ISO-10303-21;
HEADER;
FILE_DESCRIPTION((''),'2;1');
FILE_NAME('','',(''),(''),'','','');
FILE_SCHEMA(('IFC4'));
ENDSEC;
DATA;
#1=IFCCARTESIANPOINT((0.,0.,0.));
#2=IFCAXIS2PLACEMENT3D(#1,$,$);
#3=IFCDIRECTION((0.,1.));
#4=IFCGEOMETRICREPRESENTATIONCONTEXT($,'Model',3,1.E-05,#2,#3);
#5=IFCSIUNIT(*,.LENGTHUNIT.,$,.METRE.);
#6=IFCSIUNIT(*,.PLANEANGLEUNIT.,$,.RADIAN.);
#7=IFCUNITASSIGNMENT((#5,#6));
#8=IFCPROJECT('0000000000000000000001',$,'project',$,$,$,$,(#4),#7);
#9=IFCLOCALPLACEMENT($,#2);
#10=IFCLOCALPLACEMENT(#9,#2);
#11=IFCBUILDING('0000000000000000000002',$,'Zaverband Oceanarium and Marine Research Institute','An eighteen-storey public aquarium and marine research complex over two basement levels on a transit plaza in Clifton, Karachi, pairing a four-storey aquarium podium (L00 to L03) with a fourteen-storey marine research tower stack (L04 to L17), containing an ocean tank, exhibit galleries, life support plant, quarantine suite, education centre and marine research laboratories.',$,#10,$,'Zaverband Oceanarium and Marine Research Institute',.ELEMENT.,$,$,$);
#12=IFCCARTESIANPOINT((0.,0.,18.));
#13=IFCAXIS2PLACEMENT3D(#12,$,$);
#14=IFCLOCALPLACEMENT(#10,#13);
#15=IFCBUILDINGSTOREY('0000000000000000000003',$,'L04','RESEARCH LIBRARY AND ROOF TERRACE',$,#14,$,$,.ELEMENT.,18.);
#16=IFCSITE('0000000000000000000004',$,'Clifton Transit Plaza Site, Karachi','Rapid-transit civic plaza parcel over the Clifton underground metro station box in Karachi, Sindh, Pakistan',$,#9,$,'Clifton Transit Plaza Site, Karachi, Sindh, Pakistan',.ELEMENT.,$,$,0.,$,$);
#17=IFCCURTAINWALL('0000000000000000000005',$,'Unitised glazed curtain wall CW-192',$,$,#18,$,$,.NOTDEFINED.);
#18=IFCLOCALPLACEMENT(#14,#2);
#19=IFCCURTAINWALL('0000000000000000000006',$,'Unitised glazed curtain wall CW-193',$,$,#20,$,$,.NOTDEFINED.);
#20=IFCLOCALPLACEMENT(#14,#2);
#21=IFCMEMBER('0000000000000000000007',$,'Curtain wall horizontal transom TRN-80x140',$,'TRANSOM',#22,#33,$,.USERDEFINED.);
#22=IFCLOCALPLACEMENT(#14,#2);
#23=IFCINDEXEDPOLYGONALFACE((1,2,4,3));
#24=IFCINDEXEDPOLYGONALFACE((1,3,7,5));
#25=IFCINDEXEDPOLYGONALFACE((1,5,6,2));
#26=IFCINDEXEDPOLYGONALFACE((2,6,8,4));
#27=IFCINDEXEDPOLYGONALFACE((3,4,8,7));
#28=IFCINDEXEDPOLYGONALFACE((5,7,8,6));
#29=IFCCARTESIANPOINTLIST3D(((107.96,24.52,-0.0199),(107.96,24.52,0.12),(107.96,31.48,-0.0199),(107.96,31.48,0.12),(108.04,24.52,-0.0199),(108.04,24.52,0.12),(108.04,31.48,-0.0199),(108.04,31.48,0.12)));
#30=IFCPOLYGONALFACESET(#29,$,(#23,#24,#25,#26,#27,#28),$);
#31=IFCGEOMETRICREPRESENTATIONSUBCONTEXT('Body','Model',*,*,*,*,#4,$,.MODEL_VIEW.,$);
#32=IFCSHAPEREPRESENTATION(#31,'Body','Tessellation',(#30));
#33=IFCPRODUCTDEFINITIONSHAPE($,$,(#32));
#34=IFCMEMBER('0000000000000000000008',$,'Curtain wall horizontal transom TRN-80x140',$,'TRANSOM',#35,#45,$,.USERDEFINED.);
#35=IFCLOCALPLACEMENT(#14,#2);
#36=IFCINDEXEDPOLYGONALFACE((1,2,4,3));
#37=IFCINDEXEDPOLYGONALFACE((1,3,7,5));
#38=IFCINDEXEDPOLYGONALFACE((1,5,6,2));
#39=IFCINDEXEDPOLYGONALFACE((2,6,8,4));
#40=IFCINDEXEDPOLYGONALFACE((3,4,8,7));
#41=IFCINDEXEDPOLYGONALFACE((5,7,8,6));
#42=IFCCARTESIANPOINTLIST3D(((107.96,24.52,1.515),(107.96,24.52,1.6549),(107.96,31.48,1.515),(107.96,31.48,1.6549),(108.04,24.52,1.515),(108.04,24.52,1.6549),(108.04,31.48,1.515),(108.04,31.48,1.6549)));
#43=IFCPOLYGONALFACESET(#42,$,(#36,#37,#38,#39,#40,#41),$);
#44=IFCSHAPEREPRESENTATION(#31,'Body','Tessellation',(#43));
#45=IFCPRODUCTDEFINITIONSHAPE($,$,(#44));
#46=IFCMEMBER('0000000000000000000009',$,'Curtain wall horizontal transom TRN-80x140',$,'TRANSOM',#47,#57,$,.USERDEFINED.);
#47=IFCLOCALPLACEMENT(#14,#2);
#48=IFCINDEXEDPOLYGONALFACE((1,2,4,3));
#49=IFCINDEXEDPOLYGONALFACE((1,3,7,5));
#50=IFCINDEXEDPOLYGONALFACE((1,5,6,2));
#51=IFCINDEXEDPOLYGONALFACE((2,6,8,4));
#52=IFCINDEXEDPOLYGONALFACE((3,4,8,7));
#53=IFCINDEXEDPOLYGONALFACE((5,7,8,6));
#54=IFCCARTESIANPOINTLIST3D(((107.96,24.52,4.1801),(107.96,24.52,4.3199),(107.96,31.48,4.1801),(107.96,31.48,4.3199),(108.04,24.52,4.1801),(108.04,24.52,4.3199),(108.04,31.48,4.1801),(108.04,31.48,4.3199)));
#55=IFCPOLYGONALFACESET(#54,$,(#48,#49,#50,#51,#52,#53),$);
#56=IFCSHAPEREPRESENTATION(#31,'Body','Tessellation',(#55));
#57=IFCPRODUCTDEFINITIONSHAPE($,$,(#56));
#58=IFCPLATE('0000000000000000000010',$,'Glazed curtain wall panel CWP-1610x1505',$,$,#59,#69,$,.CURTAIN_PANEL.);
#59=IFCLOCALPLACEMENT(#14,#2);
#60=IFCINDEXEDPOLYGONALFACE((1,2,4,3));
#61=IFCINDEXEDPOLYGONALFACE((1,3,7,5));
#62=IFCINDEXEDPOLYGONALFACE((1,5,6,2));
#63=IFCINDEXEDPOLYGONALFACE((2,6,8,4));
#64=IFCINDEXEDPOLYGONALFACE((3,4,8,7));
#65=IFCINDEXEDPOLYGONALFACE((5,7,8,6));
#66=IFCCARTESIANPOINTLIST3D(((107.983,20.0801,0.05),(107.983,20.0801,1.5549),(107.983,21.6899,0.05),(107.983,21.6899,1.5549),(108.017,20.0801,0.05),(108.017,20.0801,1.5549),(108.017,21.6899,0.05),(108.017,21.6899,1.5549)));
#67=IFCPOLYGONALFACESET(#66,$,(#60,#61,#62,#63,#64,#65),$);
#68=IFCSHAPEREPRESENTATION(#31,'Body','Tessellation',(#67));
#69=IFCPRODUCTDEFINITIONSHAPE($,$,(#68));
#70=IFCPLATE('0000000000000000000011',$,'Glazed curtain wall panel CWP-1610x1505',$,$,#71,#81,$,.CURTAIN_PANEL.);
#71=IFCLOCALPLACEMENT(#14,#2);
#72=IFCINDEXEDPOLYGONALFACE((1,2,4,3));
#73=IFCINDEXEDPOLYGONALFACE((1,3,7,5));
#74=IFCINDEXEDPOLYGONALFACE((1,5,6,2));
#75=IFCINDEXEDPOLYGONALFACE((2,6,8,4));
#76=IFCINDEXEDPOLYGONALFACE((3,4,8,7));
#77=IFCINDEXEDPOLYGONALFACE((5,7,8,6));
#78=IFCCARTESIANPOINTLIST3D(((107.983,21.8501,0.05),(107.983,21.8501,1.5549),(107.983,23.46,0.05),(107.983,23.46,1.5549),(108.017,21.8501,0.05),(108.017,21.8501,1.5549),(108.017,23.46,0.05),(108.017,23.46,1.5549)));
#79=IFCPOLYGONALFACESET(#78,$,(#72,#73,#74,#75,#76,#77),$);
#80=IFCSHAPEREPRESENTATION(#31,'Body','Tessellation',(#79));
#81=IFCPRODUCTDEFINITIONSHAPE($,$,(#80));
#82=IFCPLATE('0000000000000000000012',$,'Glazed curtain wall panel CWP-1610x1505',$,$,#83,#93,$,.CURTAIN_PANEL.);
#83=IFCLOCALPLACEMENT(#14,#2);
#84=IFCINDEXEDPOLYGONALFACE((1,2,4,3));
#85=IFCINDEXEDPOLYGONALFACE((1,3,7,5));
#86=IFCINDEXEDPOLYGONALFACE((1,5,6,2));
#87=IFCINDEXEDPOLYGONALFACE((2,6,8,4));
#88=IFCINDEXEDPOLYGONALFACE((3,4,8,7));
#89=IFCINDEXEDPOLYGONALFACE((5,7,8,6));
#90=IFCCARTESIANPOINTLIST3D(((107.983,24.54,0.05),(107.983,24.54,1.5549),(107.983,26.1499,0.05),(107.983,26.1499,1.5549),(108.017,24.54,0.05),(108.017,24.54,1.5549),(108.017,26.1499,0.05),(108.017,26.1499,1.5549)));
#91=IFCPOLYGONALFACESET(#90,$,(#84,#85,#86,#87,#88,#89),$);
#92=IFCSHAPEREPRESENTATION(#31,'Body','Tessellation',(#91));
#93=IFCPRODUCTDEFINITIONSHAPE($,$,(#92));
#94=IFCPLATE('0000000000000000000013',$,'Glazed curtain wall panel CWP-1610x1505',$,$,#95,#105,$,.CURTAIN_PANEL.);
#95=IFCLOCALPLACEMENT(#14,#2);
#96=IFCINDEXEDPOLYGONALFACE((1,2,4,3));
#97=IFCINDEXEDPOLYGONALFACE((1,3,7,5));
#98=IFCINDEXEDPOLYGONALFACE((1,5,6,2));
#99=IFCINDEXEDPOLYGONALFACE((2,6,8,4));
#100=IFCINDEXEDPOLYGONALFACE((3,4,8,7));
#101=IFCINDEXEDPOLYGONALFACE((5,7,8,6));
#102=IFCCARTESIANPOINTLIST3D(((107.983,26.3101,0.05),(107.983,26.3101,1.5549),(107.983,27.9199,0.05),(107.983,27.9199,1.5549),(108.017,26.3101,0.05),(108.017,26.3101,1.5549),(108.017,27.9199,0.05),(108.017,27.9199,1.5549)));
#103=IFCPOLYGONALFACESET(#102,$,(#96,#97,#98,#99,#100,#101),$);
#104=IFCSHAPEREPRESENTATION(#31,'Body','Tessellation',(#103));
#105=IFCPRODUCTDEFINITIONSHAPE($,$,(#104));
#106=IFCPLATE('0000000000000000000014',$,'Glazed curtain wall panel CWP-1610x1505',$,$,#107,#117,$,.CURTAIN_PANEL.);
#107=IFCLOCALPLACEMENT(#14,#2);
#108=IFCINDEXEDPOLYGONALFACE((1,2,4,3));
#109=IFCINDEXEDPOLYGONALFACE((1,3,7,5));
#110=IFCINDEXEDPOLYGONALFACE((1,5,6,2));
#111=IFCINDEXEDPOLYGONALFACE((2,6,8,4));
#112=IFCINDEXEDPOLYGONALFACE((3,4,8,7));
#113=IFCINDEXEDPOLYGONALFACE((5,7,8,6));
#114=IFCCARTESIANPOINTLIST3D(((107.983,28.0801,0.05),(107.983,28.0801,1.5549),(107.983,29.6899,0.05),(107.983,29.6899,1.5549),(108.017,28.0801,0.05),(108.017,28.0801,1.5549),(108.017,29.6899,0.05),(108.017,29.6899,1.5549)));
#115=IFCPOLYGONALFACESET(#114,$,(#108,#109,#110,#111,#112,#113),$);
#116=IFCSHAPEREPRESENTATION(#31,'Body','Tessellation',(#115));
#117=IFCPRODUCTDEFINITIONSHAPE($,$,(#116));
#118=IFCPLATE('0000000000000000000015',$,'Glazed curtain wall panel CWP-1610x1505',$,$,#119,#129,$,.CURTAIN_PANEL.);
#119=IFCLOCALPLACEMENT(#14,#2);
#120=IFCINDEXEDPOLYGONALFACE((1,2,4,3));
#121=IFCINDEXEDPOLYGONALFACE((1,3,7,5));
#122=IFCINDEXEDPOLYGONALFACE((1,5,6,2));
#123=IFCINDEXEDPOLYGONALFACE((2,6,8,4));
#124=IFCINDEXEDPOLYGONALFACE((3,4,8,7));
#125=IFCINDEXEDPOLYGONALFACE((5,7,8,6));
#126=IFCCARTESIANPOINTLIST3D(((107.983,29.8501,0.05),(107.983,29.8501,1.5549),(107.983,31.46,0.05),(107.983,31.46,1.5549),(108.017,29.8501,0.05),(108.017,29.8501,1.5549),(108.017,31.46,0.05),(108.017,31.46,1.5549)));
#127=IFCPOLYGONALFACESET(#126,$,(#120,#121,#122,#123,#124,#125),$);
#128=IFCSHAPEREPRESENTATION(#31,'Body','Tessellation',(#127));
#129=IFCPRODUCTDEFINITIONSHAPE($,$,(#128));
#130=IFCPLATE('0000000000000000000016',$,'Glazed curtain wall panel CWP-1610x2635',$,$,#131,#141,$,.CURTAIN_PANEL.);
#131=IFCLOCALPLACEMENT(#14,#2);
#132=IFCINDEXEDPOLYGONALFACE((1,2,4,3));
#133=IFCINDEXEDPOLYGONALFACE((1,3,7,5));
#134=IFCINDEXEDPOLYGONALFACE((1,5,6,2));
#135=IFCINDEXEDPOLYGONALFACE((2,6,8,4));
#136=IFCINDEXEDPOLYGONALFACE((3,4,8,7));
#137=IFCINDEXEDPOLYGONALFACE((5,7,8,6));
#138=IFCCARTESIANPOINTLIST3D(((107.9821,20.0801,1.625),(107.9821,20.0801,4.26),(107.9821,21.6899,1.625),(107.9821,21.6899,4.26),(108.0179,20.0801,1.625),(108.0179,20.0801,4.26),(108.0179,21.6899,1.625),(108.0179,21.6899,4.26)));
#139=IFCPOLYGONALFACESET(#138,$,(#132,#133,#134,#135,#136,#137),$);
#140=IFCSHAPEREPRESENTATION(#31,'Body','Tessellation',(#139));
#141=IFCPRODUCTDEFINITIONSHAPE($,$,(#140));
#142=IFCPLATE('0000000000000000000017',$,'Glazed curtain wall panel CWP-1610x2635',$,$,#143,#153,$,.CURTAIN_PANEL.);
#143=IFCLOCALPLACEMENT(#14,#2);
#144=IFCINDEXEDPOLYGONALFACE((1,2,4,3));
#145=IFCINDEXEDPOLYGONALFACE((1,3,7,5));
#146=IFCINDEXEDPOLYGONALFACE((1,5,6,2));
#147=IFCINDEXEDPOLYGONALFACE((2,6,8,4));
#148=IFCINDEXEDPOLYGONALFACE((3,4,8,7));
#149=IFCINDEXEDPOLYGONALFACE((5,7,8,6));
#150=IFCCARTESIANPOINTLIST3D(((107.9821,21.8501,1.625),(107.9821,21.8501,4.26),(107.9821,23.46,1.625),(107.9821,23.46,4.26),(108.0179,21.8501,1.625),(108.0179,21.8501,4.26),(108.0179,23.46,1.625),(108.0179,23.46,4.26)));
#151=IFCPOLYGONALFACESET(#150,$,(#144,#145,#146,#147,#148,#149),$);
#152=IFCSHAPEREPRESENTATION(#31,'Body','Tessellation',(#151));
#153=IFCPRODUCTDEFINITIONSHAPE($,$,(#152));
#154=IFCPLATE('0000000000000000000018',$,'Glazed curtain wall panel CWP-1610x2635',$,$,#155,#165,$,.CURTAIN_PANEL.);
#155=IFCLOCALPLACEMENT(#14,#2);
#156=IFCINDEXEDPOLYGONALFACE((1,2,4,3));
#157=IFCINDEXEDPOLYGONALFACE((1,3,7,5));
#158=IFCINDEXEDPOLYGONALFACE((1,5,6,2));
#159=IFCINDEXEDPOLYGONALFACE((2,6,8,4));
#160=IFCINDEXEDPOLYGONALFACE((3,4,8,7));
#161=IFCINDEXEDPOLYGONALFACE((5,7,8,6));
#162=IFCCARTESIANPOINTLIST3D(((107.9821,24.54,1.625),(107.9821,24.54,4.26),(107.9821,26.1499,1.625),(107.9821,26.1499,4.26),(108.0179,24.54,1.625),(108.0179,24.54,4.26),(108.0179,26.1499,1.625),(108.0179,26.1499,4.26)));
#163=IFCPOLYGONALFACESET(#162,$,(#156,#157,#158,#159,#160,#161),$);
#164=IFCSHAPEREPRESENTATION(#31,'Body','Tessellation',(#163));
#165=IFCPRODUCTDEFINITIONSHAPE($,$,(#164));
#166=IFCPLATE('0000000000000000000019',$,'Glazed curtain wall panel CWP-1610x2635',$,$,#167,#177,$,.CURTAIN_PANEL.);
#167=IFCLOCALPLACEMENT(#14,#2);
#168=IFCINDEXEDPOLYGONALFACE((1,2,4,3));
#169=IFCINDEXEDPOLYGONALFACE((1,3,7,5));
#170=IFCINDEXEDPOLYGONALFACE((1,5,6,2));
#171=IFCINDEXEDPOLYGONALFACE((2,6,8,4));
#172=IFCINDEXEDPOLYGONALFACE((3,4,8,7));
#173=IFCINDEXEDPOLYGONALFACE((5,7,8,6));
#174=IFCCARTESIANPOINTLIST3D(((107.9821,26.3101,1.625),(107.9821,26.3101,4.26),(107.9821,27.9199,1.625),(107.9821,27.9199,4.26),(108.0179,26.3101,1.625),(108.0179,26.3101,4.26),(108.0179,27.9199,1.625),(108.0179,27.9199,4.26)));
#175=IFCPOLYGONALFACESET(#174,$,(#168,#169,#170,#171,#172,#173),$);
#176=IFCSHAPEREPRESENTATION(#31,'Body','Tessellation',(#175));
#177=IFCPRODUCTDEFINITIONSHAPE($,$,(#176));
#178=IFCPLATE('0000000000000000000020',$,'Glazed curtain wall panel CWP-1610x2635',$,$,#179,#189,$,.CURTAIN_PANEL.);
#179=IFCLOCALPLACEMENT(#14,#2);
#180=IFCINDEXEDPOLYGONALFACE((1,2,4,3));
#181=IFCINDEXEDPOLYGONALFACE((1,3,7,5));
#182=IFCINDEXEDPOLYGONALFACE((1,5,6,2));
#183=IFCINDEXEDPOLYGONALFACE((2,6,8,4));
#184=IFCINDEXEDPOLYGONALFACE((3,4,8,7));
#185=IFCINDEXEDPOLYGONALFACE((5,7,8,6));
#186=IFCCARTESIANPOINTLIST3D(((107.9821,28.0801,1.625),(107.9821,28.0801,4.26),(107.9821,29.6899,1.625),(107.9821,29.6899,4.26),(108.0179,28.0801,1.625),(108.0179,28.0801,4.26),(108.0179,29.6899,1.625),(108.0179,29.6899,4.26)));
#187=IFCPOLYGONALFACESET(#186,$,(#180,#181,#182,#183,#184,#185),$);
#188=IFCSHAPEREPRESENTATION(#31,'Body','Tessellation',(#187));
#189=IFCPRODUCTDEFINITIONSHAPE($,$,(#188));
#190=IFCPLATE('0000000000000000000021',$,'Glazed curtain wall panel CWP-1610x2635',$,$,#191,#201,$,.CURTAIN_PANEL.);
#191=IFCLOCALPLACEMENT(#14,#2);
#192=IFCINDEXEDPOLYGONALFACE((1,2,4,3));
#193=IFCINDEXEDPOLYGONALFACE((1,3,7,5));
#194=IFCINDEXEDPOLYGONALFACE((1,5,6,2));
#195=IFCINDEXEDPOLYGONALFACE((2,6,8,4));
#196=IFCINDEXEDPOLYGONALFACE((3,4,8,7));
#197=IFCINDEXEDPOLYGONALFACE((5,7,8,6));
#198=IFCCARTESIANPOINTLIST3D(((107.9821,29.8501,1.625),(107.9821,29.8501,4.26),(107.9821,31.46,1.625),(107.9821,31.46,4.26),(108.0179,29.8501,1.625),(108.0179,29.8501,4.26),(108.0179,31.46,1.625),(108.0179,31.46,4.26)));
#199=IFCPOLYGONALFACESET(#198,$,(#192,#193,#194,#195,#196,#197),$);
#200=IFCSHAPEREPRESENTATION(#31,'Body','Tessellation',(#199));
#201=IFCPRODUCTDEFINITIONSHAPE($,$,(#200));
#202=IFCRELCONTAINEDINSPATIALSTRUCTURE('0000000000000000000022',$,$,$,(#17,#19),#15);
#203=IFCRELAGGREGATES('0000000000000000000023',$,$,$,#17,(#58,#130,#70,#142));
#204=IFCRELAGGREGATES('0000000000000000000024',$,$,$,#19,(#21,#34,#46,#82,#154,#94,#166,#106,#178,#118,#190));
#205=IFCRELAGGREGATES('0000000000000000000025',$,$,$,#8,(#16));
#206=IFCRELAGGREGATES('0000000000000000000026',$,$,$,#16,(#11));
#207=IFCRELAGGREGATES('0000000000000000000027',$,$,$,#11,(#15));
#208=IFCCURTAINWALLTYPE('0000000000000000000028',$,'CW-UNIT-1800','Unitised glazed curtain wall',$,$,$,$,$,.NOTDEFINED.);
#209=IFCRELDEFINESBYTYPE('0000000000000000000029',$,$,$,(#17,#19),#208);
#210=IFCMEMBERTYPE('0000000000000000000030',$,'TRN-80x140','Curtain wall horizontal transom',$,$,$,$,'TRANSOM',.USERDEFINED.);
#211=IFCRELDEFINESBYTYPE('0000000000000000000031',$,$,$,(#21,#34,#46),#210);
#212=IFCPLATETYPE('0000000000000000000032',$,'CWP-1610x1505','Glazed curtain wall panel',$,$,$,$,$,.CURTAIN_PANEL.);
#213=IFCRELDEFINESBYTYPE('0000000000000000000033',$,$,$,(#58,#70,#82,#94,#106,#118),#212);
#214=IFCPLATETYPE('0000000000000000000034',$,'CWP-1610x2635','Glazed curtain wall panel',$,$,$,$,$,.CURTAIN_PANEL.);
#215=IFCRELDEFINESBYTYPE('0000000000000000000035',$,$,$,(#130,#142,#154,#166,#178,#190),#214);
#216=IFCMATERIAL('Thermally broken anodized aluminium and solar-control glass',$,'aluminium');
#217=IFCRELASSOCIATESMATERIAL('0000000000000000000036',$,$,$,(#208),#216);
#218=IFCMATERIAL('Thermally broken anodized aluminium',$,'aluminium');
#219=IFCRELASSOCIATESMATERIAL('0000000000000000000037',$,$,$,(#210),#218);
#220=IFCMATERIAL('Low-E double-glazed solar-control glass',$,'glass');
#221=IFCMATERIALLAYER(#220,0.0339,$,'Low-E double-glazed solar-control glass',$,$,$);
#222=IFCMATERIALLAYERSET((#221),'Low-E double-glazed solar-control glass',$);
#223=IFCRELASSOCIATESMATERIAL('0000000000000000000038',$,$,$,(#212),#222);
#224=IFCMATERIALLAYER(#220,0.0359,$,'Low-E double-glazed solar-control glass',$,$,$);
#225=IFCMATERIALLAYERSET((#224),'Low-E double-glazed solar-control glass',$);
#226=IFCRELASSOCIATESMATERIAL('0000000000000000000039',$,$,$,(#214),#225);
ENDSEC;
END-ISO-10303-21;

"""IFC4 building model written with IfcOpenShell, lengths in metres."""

from ifc_helpers import new_model, si_unit, direction, frame, frame_2d, origin, origin_2d, place, context, subcontext, project, spatial, rectangle, extrude, material, layer, layer_set, material_profile, profile_set, type_object, element, aggregate, save


model = new_model("IFC4")

# Units and contexts
model_context = context("Model", 3, precision=1e-05, world=origin(), true_north=direction((0.0, 1.0)))
body_context = subcontext(model_context, "Body", "Model", "MODEL_VIEW")
ifc_project = project(units=[si_unit("LENGTHUNIT", "METRE"), si_unit("PLANEANGLEUNIT", "RADIAN")], contexts=[model_context])

# Site, building, storey
site_placement = place(None, origin())
site = spatial("IfcSite", under=ifc_project, at=site_placement, Name="Clifton Transit Plaza Site, Karachi", Description="Rapid-transit civic plaza parcel over the Clifton underground metro station box in Karachi, Sindh, Pakistan", LongName="Clifton Transit Plaza Site, Karachi, Sindh, Pakistan", CompositionType="ELEMENT", RefElevation=0.0)
building_placement = place(site_placement, origin())
building = spatial("IfcBuilding", under=site, at=building_placement, Name="Zaverband Oceanarium and Marine Research Institute", Description="An eighteen-storey public aquarium and marine research complex over two basement levels on a transit plaza in Clifton, Karachi, pairing a four-storey aquarium podium (L00 to L03) with a fourteen-storey marine research tower stack (L04 to L17), containing an ocean tank, exhibit galleries, life support plant, quarantine suite, education centre and marine research laboratories.", LongName="Zaverband Oceanarium and Marine Research Institute", CompositionType="ELEMENT")
storey_placement = place(building_placement, frame((0.0, 0.0, 18.0)))
storey = spatial("IfcBuildingStorey", under=building, at=storey_placement, Name="L04", Description="RESEARCH LIBRARY AND ROOF TERRACE", CompositionType="ELEMENT", Elevation=18.0)

# Curtain walls
ifc_material_1 = material(Name="Thermally broken anodized aluminium and solar-control glass", Category="aluminium")
curtain_wall_type = type_object("IfcCurtainWallType", Name="CW-UNIT-1800", Description="Unitised glazed curtain wall", PredefinedType="NOTDEFINED", material=ifc_material_1)
curtain_wall_1_placement = place(storey_placement, origin())
curtain_wall_1 = element("IfcCurtainWall", 1, at=curtain_wall_1_placement, inside=storey, type_object=curtain_wall_type, Name="Unitised glazed curtain wall CW-192", PredefinedType="NOTDEFINED")
ifc_material_2 = material(Name="Thermally broken anodized aluminium", Category="aluminium")
curtain_wall_2_placement = place(storey_placement, origin())
curtain_wall_2 = element("IfcCurtainWall", 2, at=curtain_wall_2_placement, inside=storey, type_object=curtain_wall_type, Name="Unitised glazed curtain wall CW-193", PredefinedType="NOTDEFINED")

# Members
ifc_material_profile_1 = material_profile(ifc_material_2, rectangle(XDim=0.0801, YDim=0.1399, at=origin_2d()), Name="AL-TRN-80x140")
ifc_profile_set_1 = profile_set([ifc_material_profile_1], Name="Thermally broken anodized aluminium")
member_type_1 = type_object("IfcMemberType", Name="TRN-80x140", Description="Curtain wall horizontal transom", ElementType="TRANSOM", PredefinedType="USERDEFINED", material=ifc_profile_set_1)
member_1_placement = place(storey_placement, frame((108.0, 24.52, 0.05), z_axis=(0.0, 1.0, 0.0), x_axis=(-1.0, 0.0, 0.0)))
member_1 = element("IfcMember", 3, at=member_1_placement, type_object=member_type_1, Name="Curtain wall horizontal transom TRN-80x140", ObjectType="TRANSOM", PredefinedType="USERDEFINED", context=body_context, shape_type="SweptSolid", body=[
    extrude(rectangle(XDim=0.0801, YDim=0.1399, at=origin_2d()), origin(), (0.0, 0.0, 1.0), 6.96),
])
member_2_placement = place(storey_placement, frame((108.0, 24.52, 1.585), z_axis=(0.0, 1.0, 0.0), x_axis=(-1.0, 0.0, 0.0)))
member_2 = element("IfcMember", 4, at=member_2_placement, type_object=member_type_1, Name="Curtain wall horizontal transom TRN-80x140", ObjectType="TRANSOM", PredefinedType="USERDEFINED", context=body_context, shape_type="SweptSolid", body=[
    extrude(rectangle(XDim=0.0801, YDim=0.1399, at=origin_2d()), origin(), (0.0, 0.0, 1.0), 6.96),
])
member_3_placement = place(storey_placement, frame((108.0, 24.52, 4.25), z_axis=(0.0, 1.0, 0.0), x_axis=(-1.0, 0.0, 0.0)))
member_3 = element("IfcMember", 5, at=member_3_placement, type_object=member_type_1, Name="Curtain wall horizontal transom TRN-80x140", ObjectType="TRANSOM", PredefinedType="USERDEFINED", context=body_context, shape_type="SweptSolid", body=[
    extrude(rectangle(XDim=0.0801, YDim=0.1399, at=origin_2d()), origin(), (0.0, 0.0, 1.0), 6.96),
])

# Plates
ifc_material_3 = material(Name="Low-E double-glazed solar-control glass", Category="glass")
ifc_layer_1 = layer(ifc_material_3, 0.0339, Name="Low-E double-glazed solar-control glass")
ifc_layer_set_1 = layer_set([ifc_layer_1], Name="Low-E double-glazed solar-control glass")
plate_type_1 = type_object("IfcPlateType", Name="CWP-1610x1505", Description="Glazed curtain wall panel", PredefinedType="CURTAIN_PANEL", material=ifc_layer_set_1)
plate_1_placement = place(storey_placement, frame((108.0, 20.0801, 0.05), z_axis=(0.0, 0.0, 1.0), x_axis=(0.0, 1.0, 0.0)))
plate_1 = element("IfcPlate", 6, at=plate_1_placement, type_object=plate_type_1, Name="Glazed curtain wall panel CWP-1610x1505", PredefinedType="CURTAIN_PANEL", context=body_context, shape_type="SweptSolid", body=[
    extrude(rectangle(XDim=1.6099, YDim=0.0339, at=frame_2d((0.8049, 0.0))), origin(), (0.0, 0.0, 1.0), 1.5049),
])
plate_2_placement = place(storey_placement, frame((108.0, 21.8501, 0.05), z_axis=(0.0, 0.0, 1.0), x_axis=(0.0, 1.0, 0.0)))
plate_2 = element("IfcPlate", 7, at=plate_2_placement, type_object=plate_type_1, Name="Glazed curtain wall panel CWP-1610x1505", PredefinedType="CURTAIN_PANEL", context=body_context, shape_type="SweptSolid", body=[
    extrude(rectangle(XDim=1.6099, YDim=0.0339, at=frame_2d((0.8049, 0.0))), origin(), (0.0, 0.0, 1.0), 1.5049),
])
plate_3_placement = place(storey_placement, frame((108.0, 24.54, 0.05), z_axis=(0.0, 0.0, 1.0), x_axis=(0.0, 1.0, 0.0)))
plate_3 = element("IfcPlate", 8, at=plate_3_placement, type_object=plate_type_1, Name="Glazed curtain wall panel CWP-1610x1505", PredefinedType="CURTAIN_PANEL", context=body_context, shape_type="SweptSolid", body=[
    extrude(rectangle(XDim=1.6099, YDim=0.0339, at=frame_2d((0.8049, 0.0))), origin(), (0.0, 0.0, 1.0), 1.5049),
])
plate_4_placement = place(storey_placement, frame((108.0, 26.3101, 0.05), z_axis=(0.0, 0.0, 1.0), x_axis=(0.0, 1.0, 0.0)))
plate_4 = element("IfcPlate", 9, at=plate_4_placement, type_object=plate_type_1, Name="Glazed curtain wall panel CWP-1610x1505", PredefinedType="CURTAIN_PANEL", context=body_context, shape_type="SweptSolid", body=[
    extrude(rectangle(XDim=1.6099, YDim=0.0339, at=frame_2d((0.8049, 0.0))), origin(), (0.0, 0.0, 1.0), 1.5049),
])
plate_5_placement = place(storey_placement, frame((108.0, 28.0801, 0.05), z_axis=(0.0, 0.0, 1.0), x_axis=(0.0, 1.0, 0.0)))
plate_5 = element("IfcPlate", 10, at=plate_5_placement, type_object=plate_type_1, Name="Glazed curtain wall panel CWP-1610x1505", PredefinedType="CURTAIN_PANEL", context=body_context, shape_type="SweptSolid", body=[
    extrude(rectangle(XDim=1.6099, YDim=0.0339, at=frame_2d((0.8049, 0.0))), origin(), (0.0, 0.0, 1.0), 1.5049),
])
plate_6_placement = place(storey_placement, frame((108.0, 29.8501, 0.05), z_axis=(0.0, 0.0, 1.0), x_axis=(0.0, 1.0, 0.0)))
plate_6 = element("IfcPlate", 11, at=plate_6_placement, type_object=plate_type_1, Name="Glazed curtain wall panel CWP-1610x1505", PredefinedType="CURTAIN_PANEL", context=body_context, shape_type="SweptSolid", body=[
    extrude(rectangle(XDim=1.6099, YDim=0.0339, at=frame_2d((0.8049, 0.0))), origin(), (0.0, 0.0, 1.0), 1.5049),
])
ifc_layer_2 = layer(ifc_material_3, 0.0359, Name="Low-E double-glazed solar-control glass")
ifc_layer_set_2 = layer_set([ifc_layer_2], Name="Low-E double-glazed solar-control glass")
plate_type_2 = type_object("IfcPlateType", Name="CWP-1610x2635", Description="Glazed curtain wall panel", PredefinedType="CURTAIN_PANEL", material=ifc_layer_set_2)
plate_7_placement = place(storey_placement, frame((108.0, 20.0801, 1.625), z_axis=(0.0, 0.0, 1.0), x_axis=(0.0, 1.0, 0.0)))
plate_7 = element("IfcPlate", 12, at=plate_7_placement, type_object=plate_type_2, Name="Glazed curtain wall panel CWP-1610x2635", PredefinedType="CURTAIN_PANEL", context=body_context, shape_type="SweptSolid", body=[
    extrude(rectangle(XDim=1.6099, YDim=0.0359, at=frame_2d((0.8049, 0.0))), origin(), (0.0, 0.0, 1.0), 2.635),
])
plate_8_placement = place(storey_placement, frame((108.0, 21.8501, 1.625), z_axis=(0.0, 0.0, 1.0), x_axis=(0.0, 1.0, 0.0)))
plate_8 = element("IfcPlate", 13, at=plate_8_placement, type_object=plate_type_2, Name="Glazed curtain wall panel CWP-1610x2635", PredefinedType="CURTAIN_PANEL", context=body_context, shape_type="SweptSolid", body=[
    extrude(rectangle(XDim=1.6099, YDim=0.0359, at=frame_2d((0.8049, 0.0))), origin(), (0.0, 0.0, 1.0), 2.635),
])
aggregate(curtain_wall_1, [plate_1, plate_7, plate_2, plate_8])
plate_9_placement = place(storey_placement, frame((108.0, 24.54, 1.625), z_axis=(0.0, 0.0, 1.0), x_axis=(0.0, 1.0, 0.0)))
plate_9 = element("IfcPlate", 14, at=plate_9_placement, type_object=plate_type_2, Name="Glazed curtain wall panel CWP-1610x2635", PredefinedType="CURTAIN_PANEL", context=body_context, shape_type="SweptSolid", body=[
    extrude(rectangle(XDim=1.6099, YDim=0.0359, at=frame_2d((0.8049, 0.0))), origin(), (0.0, 0.0, 1.0), 2.635),
])
plate_10_placement = place(storey_placement, frame((108.0, 26.3101, 1.625), z_axis=(0.0, 0.0, 1.0), x_axis=(0.0, 1.0, 0.0)))
plate_10 = element("IfcPlate", 15, at=plate_10_placement, type_object=plate_type_2, Name="Glazed curtain wall panel CWP-1610x2635", PredefinedType="CURTAIN_PANEL", context=body_context, shape_type="SweptSolid", body=[
    extrude(rectangle(XDim=1.6099, YDim=0.0359, at=frame_2d((0.8049, 0.0))), origin(), (0.0, 0.0, 1.0), 2.635),
])
plate_11_placement = place(storey_placement, frame((108.0, 28.0801, 1.625), z_axis=(0.0, 0.0, 1.0), x_axis=(0.0, 1.0, 0.0)))
plate_11 = element("IfcPlate", 16, at=plate_11_placement, type_object=plate_type_2, Name="Glazed curtain wall panel CWP-1610x2635", PredefinedType="CURTAIN_PANEL", context=body_context, shape_type="SweptSolid", body=[
    extrude(rectangle(XDim=1.6099, YDim=0.0359, at=frame_2d((0.8049, 0.0))), origin(), (0.0, 0.0, 1.0), 2.635),
])
plate_12_placement = place(storey_placement, frame((108.0, 29.8501, 1.625), z_axis=(0.0, 0.0, 1.0), x_axis=(0.0, 1.0, 0.0)))
plate_12 = element("IfcPlate", 17, at=plate_12_placement, type_object=plate_type_2, Name="Glazed curtain wall panel CWP-1610x2635", PredefinedType="CURTAIN_PANEL", context=body_context, shape_type="SweptSolid", body=[
    extrude(rectangle(XDim=1.6099, YDim=0.0359, at=frame_2d((0.8049, 0.0))), origin(), (0.0, 0.0, 1.0), 2.635),
])
aggregate(curtain_wall_2, [member_1, member_2, member_3, plate_3, plate_9, plate_4, plate_10, plate_5, plate_11, plate_6, plate_12])

save(model, "model.ifc")
